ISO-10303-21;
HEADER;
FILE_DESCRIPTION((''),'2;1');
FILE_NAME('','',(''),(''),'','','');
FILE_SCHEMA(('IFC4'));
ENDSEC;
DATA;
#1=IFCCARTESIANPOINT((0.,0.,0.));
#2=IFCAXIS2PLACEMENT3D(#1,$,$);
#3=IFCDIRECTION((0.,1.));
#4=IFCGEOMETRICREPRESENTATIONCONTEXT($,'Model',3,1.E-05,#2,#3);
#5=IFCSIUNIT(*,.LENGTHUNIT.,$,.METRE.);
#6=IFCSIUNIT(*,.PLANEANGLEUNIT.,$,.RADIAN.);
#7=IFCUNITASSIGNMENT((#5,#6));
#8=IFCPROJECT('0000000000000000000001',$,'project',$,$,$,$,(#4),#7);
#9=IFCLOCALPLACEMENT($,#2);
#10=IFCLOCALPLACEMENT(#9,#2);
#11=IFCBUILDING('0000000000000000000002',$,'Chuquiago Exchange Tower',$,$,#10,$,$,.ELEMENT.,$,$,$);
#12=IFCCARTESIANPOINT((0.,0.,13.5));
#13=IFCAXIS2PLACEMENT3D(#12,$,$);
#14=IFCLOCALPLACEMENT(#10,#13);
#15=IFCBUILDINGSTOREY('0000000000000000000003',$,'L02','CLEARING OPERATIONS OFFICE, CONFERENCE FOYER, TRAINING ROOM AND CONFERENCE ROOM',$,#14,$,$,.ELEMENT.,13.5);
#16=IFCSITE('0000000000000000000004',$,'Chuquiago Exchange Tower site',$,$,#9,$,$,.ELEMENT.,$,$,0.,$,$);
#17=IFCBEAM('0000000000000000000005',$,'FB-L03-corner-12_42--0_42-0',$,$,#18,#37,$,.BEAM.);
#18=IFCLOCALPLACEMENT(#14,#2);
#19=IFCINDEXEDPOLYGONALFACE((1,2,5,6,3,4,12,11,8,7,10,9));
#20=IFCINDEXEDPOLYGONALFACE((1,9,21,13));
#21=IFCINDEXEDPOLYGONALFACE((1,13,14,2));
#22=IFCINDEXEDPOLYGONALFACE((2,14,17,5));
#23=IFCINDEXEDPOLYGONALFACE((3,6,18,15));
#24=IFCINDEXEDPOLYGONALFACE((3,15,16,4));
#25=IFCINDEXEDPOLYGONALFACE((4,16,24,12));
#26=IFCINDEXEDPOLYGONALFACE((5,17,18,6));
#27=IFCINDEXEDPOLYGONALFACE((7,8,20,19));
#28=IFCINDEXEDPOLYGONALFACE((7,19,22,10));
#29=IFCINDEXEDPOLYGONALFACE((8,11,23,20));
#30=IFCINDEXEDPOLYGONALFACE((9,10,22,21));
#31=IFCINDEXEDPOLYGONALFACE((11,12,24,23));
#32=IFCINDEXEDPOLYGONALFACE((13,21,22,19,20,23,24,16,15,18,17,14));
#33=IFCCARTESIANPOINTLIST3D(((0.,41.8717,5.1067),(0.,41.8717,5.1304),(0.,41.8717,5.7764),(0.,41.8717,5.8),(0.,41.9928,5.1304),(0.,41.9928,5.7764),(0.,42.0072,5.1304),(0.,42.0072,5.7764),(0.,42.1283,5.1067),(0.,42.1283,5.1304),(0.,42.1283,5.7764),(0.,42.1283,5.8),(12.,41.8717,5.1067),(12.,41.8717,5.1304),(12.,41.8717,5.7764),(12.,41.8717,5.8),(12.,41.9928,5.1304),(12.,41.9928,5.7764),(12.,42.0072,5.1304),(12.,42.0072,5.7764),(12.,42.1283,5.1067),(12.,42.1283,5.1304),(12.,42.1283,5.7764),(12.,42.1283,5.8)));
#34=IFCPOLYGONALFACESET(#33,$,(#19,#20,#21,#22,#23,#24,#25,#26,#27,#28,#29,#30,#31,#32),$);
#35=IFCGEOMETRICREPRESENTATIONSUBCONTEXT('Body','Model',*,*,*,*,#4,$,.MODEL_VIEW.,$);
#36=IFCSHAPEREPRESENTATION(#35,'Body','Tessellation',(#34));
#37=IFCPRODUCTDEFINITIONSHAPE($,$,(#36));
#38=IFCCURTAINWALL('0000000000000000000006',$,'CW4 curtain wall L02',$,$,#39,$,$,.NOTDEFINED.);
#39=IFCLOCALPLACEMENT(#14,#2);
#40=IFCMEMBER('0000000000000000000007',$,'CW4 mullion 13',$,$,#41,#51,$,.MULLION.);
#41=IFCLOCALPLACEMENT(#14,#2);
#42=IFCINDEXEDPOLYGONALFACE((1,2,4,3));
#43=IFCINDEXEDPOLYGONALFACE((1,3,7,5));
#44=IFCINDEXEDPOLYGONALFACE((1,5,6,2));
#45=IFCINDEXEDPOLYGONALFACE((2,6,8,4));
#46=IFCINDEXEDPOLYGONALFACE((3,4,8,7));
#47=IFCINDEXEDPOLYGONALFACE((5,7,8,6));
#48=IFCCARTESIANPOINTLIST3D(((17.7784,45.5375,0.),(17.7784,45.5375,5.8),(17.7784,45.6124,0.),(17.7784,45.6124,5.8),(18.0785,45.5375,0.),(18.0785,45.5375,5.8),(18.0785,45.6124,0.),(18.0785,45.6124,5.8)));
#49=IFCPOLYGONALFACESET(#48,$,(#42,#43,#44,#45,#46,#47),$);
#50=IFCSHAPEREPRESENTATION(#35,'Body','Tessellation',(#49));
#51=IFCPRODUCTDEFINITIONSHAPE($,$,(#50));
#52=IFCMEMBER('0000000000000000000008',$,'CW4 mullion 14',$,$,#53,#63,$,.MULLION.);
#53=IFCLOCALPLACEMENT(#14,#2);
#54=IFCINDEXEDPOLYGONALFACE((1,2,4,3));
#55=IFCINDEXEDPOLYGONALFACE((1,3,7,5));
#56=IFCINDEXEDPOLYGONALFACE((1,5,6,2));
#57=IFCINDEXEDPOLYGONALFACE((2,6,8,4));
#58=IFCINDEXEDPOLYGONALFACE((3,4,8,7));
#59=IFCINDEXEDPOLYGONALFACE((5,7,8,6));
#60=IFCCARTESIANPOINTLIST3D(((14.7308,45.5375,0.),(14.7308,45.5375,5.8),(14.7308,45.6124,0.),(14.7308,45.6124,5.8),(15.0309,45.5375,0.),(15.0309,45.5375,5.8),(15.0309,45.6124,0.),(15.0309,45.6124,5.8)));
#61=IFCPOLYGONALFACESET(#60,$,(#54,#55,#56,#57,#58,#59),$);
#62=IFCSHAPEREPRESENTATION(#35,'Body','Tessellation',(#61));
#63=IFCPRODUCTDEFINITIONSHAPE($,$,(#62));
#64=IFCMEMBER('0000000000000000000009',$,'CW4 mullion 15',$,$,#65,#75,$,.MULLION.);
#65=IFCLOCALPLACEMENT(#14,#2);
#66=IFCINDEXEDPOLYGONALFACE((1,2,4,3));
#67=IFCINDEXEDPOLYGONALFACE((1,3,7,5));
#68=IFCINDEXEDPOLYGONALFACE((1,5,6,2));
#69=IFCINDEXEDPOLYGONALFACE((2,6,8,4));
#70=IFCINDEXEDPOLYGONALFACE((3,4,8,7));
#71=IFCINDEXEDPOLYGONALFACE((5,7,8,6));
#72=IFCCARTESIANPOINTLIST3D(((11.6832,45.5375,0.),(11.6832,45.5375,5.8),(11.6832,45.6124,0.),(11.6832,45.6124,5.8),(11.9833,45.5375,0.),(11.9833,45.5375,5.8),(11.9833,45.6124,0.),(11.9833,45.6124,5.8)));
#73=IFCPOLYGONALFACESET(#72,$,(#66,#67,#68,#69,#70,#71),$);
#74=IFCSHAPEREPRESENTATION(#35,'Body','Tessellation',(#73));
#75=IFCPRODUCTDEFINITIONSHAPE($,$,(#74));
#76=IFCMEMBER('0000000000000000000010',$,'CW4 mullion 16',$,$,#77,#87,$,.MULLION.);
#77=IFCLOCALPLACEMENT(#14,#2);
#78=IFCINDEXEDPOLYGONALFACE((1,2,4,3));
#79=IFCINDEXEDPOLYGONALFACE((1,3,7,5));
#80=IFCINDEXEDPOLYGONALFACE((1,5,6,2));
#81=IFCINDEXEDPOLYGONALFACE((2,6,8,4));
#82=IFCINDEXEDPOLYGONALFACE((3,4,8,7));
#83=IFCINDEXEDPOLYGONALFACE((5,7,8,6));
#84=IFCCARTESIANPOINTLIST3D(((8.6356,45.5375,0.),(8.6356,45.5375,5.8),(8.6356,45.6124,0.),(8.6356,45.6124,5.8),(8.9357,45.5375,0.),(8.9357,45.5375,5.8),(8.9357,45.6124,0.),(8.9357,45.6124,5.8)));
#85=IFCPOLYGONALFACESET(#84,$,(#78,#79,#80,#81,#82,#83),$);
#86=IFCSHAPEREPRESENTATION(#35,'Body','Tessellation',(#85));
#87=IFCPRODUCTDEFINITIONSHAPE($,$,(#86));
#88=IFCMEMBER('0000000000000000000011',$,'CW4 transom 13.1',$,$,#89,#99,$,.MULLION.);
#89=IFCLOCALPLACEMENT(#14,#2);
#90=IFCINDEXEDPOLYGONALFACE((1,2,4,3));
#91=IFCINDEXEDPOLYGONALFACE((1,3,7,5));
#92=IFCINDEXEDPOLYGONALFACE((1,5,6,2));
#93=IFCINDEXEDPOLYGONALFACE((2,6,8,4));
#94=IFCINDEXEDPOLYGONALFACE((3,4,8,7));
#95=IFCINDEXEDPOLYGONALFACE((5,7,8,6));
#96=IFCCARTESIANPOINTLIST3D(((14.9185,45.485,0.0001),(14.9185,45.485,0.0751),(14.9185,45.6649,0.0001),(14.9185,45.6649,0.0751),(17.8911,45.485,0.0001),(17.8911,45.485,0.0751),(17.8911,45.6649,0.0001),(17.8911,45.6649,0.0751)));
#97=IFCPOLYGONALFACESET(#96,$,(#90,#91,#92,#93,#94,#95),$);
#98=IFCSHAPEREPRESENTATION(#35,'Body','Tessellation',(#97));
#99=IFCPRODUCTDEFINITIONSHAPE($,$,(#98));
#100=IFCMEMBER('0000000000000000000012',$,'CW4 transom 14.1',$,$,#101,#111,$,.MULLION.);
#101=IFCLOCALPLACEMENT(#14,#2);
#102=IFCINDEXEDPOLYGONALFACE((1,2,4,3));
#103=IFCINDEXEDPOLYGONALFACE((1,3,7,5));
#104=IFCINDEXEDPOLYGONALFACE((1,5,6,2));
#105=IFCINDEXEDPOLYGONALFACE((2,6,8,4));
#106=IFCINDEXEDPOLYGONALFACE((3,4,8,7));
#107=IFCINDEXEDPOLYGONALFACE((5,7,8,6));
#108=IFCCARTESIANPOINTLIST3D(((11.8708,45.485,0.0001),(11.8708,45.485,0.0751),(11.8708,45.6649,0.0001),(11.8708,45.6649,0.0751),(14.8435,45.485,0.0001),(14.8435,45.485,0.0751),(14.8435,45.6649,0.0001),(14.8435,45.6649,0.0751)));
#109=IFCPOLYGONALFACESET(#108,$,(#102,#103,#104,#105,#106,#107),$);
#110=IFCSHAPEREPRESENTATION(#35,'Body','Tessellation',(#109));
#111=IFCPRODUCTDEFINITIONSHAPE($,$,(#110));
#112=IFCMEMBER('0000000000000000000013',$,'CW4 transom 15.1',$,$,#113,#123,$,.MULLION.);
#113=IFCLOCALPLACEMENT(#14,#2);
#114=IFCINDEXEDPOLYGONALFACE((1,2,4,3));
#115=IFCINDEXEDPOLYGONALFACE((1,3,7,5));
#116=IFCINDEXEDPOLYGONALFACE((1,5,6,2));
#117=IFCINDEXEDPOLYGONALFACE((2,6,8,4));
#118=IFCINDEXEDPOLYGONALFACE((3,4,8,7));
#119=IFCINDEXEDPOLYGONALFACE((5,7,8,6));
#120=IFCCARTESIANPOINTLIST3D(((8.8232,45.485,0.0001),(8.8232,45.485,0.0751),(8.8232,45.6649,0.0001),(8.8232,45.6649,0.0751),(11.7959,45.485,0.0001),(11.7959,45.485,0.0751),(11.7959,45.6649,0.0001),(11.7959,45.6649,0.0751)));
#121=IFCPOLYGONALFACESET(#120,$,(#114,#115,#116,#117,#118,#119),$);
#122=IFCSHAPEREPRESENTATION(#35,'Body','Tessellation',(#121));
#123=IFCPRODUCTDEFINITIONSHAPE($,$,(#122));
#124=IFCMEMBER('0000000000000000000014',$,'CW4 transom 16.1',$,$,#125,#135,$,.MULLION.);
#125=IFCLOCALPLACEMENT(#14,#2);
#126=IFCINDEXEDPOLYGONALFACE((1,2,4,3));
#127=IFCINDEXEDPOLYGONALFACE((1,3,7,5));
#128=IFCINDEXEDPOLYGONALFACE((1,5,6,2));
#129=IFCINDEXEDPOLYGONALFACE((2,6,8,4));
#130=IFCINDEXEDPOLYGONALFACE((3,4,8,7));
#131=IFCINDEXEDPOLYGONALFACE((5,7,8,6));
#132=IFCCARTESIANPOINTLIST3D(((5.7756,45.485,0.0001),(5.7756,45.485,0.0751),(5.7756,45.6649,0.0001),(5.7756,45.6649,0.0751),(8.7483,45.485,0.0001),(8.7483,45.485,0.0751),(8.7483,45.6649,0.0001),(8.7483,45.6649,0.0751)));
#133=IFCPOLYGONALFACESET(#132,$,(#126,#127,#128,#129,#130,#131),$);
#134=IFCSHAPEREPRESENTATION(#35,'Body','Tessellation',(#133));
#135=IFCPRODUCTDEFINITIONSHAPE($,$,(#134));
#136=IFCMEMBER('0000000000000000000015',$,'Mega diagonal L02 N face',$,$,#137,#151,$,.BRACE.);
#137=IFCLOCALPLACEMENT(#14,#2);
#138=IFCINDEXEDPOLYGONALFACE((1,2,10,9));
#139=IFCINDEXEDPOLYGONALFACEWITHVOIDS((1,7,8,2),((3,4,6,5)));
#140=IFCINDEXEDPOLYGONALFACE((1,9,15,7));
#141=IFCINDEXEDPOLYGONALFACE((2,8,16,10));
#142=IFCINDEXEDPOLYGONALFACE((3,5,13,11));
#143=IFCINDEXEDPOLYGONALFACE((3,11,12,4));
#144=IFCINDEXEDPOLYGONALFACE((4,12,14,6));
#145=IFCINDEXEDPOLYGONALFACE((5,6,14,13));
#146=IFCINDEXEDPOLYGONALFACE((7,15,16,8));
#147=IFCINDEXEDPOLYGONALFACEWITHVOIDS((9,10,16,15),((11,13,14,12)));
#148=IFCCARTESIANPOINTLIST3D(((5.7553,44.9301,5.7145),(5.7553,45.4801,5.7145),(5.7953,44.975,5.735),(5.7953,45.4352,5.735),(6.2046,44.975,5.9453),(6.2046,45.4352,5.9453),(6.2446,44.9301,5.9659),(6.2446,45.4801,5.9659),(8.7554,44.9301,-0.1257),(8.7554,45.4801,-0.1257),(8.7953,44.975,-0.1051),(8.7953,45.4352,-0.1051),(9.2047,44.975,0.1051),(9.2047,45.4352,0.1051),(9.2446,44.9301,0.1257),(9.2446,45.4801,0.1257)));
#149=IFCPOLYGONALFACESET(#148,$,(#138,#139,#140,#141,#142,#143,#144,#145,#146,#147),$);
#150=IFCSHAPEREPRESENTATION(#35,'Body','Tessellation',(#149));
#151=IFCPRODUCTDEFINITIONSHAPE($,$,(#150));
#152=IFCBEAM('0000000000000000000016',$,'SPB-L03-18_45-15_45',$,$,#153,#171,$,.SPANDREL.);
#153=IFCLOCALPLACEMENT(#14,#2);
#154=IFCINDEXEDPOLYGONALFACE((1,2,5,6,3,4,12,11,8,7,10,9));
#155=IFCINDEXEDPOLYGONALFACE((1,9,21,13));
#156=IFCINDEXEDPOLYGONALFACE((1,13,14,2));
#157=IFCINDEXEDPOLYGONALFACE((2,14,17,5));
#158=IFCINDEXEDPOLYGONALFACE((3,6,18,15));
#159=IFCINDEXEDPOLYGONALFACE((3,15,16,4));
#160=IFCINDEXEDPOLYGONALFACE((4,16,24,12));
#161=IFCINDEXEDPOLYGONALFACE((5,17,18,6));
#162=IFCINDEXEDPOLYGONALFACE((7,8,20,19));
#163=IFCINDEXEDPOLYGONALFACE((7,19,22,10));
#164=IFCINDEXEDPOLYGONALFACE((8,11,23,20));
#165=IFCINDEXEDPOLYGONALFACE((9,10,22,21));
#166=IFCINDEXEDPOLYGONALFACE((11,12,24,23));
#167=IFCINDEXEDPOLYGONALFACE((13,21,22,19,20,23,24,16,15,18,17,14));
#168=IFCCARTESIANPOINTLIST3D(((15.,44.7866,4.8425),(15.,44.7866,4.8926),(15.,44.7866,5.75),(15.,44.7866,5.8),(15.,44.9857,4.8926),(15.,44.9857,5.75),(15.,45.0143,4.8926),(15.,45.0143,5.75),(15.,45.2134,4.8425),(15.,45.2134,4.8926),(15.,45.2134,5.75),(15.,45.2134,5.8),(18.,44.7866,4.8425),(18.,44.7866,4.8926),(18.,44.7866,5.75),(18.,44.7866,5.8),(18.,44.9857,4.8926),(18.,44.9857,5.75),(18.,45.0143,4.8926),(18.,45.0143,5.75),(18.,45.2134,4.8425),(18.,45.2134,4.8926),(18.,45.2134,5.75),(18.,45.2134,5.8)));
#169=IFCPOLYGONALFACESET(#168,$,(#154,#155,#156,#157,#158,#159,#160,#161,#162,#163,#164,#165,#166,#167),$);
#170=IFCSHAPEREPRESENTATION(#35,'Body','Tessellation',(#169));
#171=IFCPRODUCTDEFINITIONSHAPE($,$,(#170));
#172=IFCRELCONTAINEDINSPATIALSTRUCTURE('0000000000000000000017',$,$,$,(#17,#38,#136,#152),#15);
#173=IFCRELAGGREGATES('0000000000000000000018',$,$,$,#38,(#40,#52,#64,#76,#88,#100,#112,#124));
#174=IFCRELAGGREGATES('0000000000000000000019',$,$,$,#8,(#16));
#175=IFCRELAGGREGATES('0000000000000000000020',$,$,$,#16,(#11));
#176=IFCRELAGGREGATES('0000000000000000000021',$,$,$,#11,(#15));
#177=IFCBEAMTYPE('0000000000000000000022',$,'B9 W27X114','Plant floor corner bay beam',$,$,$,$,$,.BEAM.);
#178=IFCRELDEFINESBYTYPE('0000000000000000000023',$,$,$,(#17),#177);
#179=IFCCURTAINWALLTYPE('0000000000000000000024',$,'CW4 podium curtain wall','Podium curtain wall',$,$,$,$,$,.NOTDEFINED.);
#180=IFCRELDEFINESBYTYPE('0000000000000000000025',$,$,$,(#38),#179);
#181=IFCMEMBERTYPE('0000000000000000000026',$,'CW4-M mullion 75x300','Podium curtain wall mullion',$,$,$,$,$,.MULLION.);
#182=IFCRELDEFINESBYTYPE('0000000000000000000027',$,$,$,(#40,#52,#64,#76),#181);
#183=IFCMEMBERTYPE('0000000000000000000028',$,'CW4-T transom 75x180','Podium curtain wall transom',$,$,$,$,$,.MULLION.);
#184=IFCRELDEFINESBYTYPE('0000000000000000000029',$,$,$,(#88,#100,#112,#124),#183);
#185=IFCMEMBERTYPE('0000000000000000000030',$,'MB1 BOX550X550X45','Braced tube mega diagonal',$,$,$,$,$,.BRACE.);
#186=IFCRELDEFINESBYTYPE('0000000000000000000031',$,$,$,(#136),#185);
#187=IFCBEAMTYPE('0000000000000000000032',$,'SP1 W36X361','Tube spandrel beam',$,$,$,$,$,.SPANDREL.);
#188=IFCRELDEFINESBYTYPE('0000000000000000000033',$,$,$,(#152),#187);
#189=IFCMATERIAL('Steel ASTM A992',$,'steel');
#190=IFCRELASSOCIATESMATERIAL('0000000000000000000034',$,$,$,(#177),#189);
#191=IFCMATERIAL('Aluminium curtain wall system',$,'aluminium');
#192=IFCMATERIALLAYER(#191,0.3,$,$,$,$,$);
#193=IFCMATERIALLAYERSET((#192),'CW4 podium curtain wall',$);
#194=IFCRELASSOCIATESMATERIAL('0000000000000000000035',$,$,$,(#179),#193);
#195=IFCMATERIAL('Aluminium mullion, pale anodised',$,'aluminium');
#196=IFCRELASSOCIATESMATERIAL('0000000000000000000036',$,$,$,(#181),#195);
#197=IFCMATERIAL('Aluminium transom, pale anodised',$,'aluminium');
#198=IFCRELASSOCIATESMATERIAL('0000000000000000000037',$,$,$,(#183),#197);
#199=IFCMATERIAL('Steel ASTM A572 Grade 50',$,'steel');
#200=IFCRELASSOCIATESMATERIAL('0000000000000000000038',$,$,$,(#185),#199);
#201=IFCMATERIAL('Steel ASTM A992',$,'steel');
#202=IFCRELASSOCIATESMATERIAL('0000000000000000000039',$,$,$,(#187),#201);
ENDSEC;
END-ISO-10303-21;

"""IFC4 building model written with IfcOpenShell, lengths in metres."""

from ifc_helpers import new_model, si_unit, direction, frame, origin, origin_2d, place, context, subcontext, project, spatial, rectangle, hollow_rectangle, i_section, extrude, material, layer, layer_set, material_profile, profile_set, type_object, element, aggregate, save


model = new_model("IFC4")

# Units and contexts
model_context = context("Model", 3, precision=1e-05, world=origin(), true_north=direction((0.0, 1.0)))
body_context = subcontext(model_context, "Body", "Model", "MODEL_VIEW")
ifc_project = project(units=[si_unit("LENGTHUNIT", "METRE"), si_unit("PLANEANGLEUNIT", "RADIAN")], contexts=[model_context])

# Site, building, storey
site_placement = place(None, origin())
site = spatial("IfcSite", under=ifc_project, at=site_placement, Name="Chuquiago Exchange Tower site", CompositionType="ELEMENT", RefElevation=0.0)
building_placement = place(site_placement, origin())
building = spatial("IfcBuilding", under=site, at=building_placement, Name="Chuquiago Exchange Tower", CompositionType="ELEMENT")
storey_placement = place(building_placement, frame((0.0, 0.0, 13.5)))
storey = spatial("IfcBuildingStorey", under=building, at=storey_placement, Name="L02", Description="CLEARING OPERATIONS OFFICE, CONFERENCE FOYER, TRAINING ROOM AND CONFERENCE ROOM", CompositionType="ELEMENT", Elevation=13.5)

# Beam
ifc_material_1 = material(Name="Steel ASTM A992", Category="steel")
ifc_material_profile_1 = material_profile(ifc_material_1, i_section(OverallWidth=0.2566, OverallDepth=0.6934, WebThickness=0.0144, FlangeThickness=0.0237, at=origin_2d()), Name="W27X114")
ifc_profile_set_1 = profile_set([ifc_material_profile_1], Name="Steel ASTM A992")
beam_type_1 = type_object("IfcBeamType", Name="B9 W27X114", Description="Plant floor corner bay beam", PredefinedType="BEAM", material=ifc_profile_set_1)
for number, where, z_axis, x_axis, name in (
    (1, (12.0, 42.0, 5.4534), (-1.0, 0.0, 0.0), (0.0, -1.0, 0.0), "FB-L03-corner-12_42--0_42-0"),
):
    element("IfcBeam", number, at=place(storey_placement, frame(where, z_axis=z_axis, x_axis=x_axis)), inside=storey, type_object=beam_type_1, Name=name, PredefinedType="BEAM", context=body_context, shape_type="SweptSolid", body=[
        extrude(i_section(OverallWidth=0.2566, OverallDepth=0.6934, WebThickness=0.0144, FlangeThickness=0.0237, at=origin_2d()), origin(), (0.0, 0.0, 1.0), 12.0),
    ])

# Curtain wall, members
ifc_material_2 = material(Name="Aluminium curtain wall system", Category="aluminium")
ifc_layer_1 = layer(ifc_material_2, 0.3)
ifc_layer_set_1 = layer_set([ifc_layer_1], Name="CW4 podium curtain wall")
curtain_wall_type = type_object("IfcCurtainWallType", Name="CW4 podium curtain wall", Description="Podium curtain wall", PredefinedType="NOTDEFINED", material=ifc_layer_set_1)
curtain_wall_placement = place(storey_placement, origin())
curtain_wall = element("IfcCurtainWall", 2, at=curtain_wall_placement, inside=storey, type_object=curtain_wall_type, Name="CW4 curtain wall L02", PredefinedType="NOTDEFINED")
ifc_material_3 = material(Name="Aluminium mullion, pale anodised", Category="aluminium")
ifc_material_profile_2 = material_profile(ifc_material_3, rectangle(XDim=0.075, YDim=0.3, at=origin_2d()), Name="AL 75x300")
ifc_profile_set_2 = profile_set([ifc_material_profile_2], Name="Aluminium mullion, pale anodised")
member_type_1 = type_object("IfcMemberType", Name="CW4-M mullion 75x300", Description="Podium curtain wall mullion", PredefinedType="MULLION", material=ifc_profile_set_2)
member_1_placement = place(storey_placement, frame((17.9285, 45.575, 0.0), z_axis=(0.0, 0.0, 1.0), x_axis=(0.0, -1.0, 0.0)))
member_1 = element("IfcMember", 3, at=member_1_placement, type_object=member_type_1, Name="CW4 mullion 13", PredefinedType="MULLION", context=body_context, shape_type="SweptSolid", body=[
    extrude(rectangle(XDim=0.075, YDim=0.3, at=origin_2d()), origin(), (0.0, 0.0, 1.0), 5.8),
])
member_2_placement = place(storey_placement, frame((14.8809, 45.575, 0.0), z_axis=(0.0, 0.0, 1.0), x_axis=(0.0, -1.0, 0.0)))
member_2 = element("IfcMember", 4, at=member_2_placement, type_object=member_type_1, Name="CW4 mullion 14", PredefinedType="MULLION", context=body_context, shape_type="SweptSolid", body=[
    extrude(rectangle(XDim=0.075, YDim=0.3, at=origin_2d()), origin(), (0.0, 0.0, 1.0), 5.8),
])
member_3_placement = place(storey_placement, frame((11.8333, 45.575, 0.0), z_axis=(0.0, 0.0, 1.0), x_axis=(0.0, -1.0, 0.0)))
member_3 = element("IfcMember", 5, at=member_3_placement, type_object=member_type_1, Name="CW4 mullion 15", PredefinedType="MULLION", context=body_context, shape_type="SweptSolid", body=[
    extrude(rectangle(XDim=0.075, YDim=0.3, at=origin_2d()), origin(), (0.0, 0.0, 1.0), 5.8),
])
member_4_placement = place(storey_placement, frame((8.7856, 45.575, 0.0), z_axis=(0.0, 0.0, 1.0), x_axis=(0.0, -1.0, 0.0)))
member_4 = element("IfcMember", 6, at=member_4_placement, type_object=member_type_1, Name="CW4 mullion 16", PredefinedType="MULLION", context=body_context, shape_type="SweptSolid", body=[
    extrude(rectangle(XDim=0.075, YDim=0.3, at=origin_2d()), origin(), (0.0, 0.0, 1.0), 5.8),
])
ifc_material_4 = material(Name="Aluminium transom, pale anodised", Category="aluminium")
ifc_material_profile_3 = material_profile(ifc_material_4, rectangle(XDim=0.1799, YDim=0.075, at=origin_2d()), Name="AL 180x75")
ifc_profile_set_3 = profile_set([ifc_material_profile_3], Name="Aluminium transom, pale anodised")
member_type_2 = type_object("IfcMemberType", Name="CW4-T transom 75x180", Description="Podium curtain wall transom", PredefinedType="MULLION", material=ifc_profile_set_3)
member_5_placement = place(storey_placement, frame((17.8911, 45.575, 0.0376), z_axis=(-1.0, 0.0, 0.0), x_axis=(0.0, -1.0, 0.0)))
member_5 = element("IfcMember", 7, at=member_5_placement, type_object=member_type_2, Name="CW4 transom 13.1", PredefinedType="MULLION", context=body_context, shape_type="SweptSolid", body=[
    extrude(rectangle(XDim=0.1799, YDim=0.075, at=origin_2d()), origin(), (0.0, 0.0, 1.0), 2.9727),
])
member_6_placement = place(storey_placement, frame((14.8435, 45.575, 0.0376), z_axis=(-1.0, 0.0, 0.0), x_axis=(0.0, -1.0, 0.0)))
member_6 = element("IfcMember", 8, at=member_6_placement, type_object=member_type_2, Name="CW4 transom 14.1", PredefinedType="MULLION", context=body_context, shape_type="SweptSolid", body=[
    extrude(rectangle(XDim=0.1799, YDim=0.075, at=origin_2d()), origin(), (0.0, 0.0, 1.0), 2.9727),
])
member_7_placement = place(storey_placement, frame((11.7959, 45.575, 0.0376), z_axis=(-1.0, 0.0, 0.0), x_axis=(0.0, -1.0, 0.0)))
member_7 = element("IfcMember", 9, at=member_7_placement, type_object=member_type_2, Name="CW4 transom 15.1", PredefinedType="MULLION", context=body_context, shape_type="SweptSolid", body=[
    extrude(rectangle(XDim=0.1799, YDim=0.075, at=origin_2d()), origin(), (0.0, 0.0, 1.0), 2.9727),
])
member_8_placement = place(storey_placement, frame((8.7483, 45.575, 0.0376), z_axis=(-1.0, 0.0, 0.0), x_axis=(0.0, -1.0, 0.0)))
member_8 = element("IfcMember", 10, at=member_8_placement, type_object=member_type_2, Name="CW4 transom 16.1", PredefinedType="MULLION", context=body_context, shape_type="SweptSolid", body=[
    extrude(rectangle(XDim=0.1799, YDim=0.075, at=origin_2d()), origin(), (0.0, 0.0, 1.0), 2.9727),
])

# Member
ifc_material_5 = material(Name="Steel ASTM A572 Grade 50", Category="steel")
ifc_material_profile_4 = material_profile(ifc_material_5, hollow_rectangle(XDim=0.55, YDim=0.55, WallThickness=0.0449, at=origin_2d()), Name="BOX550X550X45")
ifc_profile_set_4 = profile_set([ifc_material_profile_4], Name="Steel ASTM A572 Grade 50")
member_type_3 = type_object("IfcMemberType", Name="MB1 BOX550X550X45", Description="Braced tube mega diagonal", PredefinedType="BRACE", material=ifc_profile_set_4)
member_9_placement = place(storey_placement, frame((9.0, 45.2051, 0.0), z_axis=(-0.45693, 0.0, 0.889503), x_axis=(0.0, -1.0, 0.0)))
element("IfcMember", 11, at=member_9_placement, inside=storey, type_object=member_type_3, Name="Mega diagonal L02 N face", PredefinedType="BRACE", context=body_context, shape_type="SweptSolid", body=[
    extrude(hollow_rectangle(XDim=0.55, YDim=0.55, WallThickness=0.0449, at=origin_2d()), origin(), (0.0, 0.0, 1.0), 6.5657),
])

# Beam
ifc_material_6 = material(Name="Steel ASTM A992", Category="steel")
ifc_material_profile_5 = material_profile(ifc_material_6, i_section(OverallWidth=0.4268, OverallDepth=0.9575, WebThickness=0.0286, FlangeThickness=0.05, at=origin_2d()), Name="W36X361")
ifc_profile_set_5 = profile_set([ifc_material_profile_5], Name="Steel ASTM A992")
beam_type_2 = type_object("IfcBeamType", Name="SP1 W36X361", Description="Tube spandrel beam", PredefinedType="SPANDREL", material=ifc_profile_set_5)
for number, where, z_axis, x_axis, name in (
    (12, (18.0, 45.0, 5.3213), (-1.0, 0.0, 0.0), (0.0, -1.0, 0.0), "SPB-L03-18_45-15_45"),
):
    element("IfcBeam", number, at=place(storey_placement, frame(where, z_axis=z_axis, x_axis=x_axis)), inside=storey, type_object=beam_type_2, Name=name, PredefinedType="SPANDREL", context=body_context, shape_type="SweptSolid", body=[
        extrude(i_section(OverallWidth=0.4268, OverallDepth=0.9575, WebThickness=0.0286, FlangeThickness=0.05, at=origin_2d()), origin(), (0.0, 0.0, 1.0), 3.0),
    ])

aggregate(curtain_wall, [member_1, member_2, member_3, member_4, member_5, member_6, member_7, member_8])

save(model, "model.ifc")
